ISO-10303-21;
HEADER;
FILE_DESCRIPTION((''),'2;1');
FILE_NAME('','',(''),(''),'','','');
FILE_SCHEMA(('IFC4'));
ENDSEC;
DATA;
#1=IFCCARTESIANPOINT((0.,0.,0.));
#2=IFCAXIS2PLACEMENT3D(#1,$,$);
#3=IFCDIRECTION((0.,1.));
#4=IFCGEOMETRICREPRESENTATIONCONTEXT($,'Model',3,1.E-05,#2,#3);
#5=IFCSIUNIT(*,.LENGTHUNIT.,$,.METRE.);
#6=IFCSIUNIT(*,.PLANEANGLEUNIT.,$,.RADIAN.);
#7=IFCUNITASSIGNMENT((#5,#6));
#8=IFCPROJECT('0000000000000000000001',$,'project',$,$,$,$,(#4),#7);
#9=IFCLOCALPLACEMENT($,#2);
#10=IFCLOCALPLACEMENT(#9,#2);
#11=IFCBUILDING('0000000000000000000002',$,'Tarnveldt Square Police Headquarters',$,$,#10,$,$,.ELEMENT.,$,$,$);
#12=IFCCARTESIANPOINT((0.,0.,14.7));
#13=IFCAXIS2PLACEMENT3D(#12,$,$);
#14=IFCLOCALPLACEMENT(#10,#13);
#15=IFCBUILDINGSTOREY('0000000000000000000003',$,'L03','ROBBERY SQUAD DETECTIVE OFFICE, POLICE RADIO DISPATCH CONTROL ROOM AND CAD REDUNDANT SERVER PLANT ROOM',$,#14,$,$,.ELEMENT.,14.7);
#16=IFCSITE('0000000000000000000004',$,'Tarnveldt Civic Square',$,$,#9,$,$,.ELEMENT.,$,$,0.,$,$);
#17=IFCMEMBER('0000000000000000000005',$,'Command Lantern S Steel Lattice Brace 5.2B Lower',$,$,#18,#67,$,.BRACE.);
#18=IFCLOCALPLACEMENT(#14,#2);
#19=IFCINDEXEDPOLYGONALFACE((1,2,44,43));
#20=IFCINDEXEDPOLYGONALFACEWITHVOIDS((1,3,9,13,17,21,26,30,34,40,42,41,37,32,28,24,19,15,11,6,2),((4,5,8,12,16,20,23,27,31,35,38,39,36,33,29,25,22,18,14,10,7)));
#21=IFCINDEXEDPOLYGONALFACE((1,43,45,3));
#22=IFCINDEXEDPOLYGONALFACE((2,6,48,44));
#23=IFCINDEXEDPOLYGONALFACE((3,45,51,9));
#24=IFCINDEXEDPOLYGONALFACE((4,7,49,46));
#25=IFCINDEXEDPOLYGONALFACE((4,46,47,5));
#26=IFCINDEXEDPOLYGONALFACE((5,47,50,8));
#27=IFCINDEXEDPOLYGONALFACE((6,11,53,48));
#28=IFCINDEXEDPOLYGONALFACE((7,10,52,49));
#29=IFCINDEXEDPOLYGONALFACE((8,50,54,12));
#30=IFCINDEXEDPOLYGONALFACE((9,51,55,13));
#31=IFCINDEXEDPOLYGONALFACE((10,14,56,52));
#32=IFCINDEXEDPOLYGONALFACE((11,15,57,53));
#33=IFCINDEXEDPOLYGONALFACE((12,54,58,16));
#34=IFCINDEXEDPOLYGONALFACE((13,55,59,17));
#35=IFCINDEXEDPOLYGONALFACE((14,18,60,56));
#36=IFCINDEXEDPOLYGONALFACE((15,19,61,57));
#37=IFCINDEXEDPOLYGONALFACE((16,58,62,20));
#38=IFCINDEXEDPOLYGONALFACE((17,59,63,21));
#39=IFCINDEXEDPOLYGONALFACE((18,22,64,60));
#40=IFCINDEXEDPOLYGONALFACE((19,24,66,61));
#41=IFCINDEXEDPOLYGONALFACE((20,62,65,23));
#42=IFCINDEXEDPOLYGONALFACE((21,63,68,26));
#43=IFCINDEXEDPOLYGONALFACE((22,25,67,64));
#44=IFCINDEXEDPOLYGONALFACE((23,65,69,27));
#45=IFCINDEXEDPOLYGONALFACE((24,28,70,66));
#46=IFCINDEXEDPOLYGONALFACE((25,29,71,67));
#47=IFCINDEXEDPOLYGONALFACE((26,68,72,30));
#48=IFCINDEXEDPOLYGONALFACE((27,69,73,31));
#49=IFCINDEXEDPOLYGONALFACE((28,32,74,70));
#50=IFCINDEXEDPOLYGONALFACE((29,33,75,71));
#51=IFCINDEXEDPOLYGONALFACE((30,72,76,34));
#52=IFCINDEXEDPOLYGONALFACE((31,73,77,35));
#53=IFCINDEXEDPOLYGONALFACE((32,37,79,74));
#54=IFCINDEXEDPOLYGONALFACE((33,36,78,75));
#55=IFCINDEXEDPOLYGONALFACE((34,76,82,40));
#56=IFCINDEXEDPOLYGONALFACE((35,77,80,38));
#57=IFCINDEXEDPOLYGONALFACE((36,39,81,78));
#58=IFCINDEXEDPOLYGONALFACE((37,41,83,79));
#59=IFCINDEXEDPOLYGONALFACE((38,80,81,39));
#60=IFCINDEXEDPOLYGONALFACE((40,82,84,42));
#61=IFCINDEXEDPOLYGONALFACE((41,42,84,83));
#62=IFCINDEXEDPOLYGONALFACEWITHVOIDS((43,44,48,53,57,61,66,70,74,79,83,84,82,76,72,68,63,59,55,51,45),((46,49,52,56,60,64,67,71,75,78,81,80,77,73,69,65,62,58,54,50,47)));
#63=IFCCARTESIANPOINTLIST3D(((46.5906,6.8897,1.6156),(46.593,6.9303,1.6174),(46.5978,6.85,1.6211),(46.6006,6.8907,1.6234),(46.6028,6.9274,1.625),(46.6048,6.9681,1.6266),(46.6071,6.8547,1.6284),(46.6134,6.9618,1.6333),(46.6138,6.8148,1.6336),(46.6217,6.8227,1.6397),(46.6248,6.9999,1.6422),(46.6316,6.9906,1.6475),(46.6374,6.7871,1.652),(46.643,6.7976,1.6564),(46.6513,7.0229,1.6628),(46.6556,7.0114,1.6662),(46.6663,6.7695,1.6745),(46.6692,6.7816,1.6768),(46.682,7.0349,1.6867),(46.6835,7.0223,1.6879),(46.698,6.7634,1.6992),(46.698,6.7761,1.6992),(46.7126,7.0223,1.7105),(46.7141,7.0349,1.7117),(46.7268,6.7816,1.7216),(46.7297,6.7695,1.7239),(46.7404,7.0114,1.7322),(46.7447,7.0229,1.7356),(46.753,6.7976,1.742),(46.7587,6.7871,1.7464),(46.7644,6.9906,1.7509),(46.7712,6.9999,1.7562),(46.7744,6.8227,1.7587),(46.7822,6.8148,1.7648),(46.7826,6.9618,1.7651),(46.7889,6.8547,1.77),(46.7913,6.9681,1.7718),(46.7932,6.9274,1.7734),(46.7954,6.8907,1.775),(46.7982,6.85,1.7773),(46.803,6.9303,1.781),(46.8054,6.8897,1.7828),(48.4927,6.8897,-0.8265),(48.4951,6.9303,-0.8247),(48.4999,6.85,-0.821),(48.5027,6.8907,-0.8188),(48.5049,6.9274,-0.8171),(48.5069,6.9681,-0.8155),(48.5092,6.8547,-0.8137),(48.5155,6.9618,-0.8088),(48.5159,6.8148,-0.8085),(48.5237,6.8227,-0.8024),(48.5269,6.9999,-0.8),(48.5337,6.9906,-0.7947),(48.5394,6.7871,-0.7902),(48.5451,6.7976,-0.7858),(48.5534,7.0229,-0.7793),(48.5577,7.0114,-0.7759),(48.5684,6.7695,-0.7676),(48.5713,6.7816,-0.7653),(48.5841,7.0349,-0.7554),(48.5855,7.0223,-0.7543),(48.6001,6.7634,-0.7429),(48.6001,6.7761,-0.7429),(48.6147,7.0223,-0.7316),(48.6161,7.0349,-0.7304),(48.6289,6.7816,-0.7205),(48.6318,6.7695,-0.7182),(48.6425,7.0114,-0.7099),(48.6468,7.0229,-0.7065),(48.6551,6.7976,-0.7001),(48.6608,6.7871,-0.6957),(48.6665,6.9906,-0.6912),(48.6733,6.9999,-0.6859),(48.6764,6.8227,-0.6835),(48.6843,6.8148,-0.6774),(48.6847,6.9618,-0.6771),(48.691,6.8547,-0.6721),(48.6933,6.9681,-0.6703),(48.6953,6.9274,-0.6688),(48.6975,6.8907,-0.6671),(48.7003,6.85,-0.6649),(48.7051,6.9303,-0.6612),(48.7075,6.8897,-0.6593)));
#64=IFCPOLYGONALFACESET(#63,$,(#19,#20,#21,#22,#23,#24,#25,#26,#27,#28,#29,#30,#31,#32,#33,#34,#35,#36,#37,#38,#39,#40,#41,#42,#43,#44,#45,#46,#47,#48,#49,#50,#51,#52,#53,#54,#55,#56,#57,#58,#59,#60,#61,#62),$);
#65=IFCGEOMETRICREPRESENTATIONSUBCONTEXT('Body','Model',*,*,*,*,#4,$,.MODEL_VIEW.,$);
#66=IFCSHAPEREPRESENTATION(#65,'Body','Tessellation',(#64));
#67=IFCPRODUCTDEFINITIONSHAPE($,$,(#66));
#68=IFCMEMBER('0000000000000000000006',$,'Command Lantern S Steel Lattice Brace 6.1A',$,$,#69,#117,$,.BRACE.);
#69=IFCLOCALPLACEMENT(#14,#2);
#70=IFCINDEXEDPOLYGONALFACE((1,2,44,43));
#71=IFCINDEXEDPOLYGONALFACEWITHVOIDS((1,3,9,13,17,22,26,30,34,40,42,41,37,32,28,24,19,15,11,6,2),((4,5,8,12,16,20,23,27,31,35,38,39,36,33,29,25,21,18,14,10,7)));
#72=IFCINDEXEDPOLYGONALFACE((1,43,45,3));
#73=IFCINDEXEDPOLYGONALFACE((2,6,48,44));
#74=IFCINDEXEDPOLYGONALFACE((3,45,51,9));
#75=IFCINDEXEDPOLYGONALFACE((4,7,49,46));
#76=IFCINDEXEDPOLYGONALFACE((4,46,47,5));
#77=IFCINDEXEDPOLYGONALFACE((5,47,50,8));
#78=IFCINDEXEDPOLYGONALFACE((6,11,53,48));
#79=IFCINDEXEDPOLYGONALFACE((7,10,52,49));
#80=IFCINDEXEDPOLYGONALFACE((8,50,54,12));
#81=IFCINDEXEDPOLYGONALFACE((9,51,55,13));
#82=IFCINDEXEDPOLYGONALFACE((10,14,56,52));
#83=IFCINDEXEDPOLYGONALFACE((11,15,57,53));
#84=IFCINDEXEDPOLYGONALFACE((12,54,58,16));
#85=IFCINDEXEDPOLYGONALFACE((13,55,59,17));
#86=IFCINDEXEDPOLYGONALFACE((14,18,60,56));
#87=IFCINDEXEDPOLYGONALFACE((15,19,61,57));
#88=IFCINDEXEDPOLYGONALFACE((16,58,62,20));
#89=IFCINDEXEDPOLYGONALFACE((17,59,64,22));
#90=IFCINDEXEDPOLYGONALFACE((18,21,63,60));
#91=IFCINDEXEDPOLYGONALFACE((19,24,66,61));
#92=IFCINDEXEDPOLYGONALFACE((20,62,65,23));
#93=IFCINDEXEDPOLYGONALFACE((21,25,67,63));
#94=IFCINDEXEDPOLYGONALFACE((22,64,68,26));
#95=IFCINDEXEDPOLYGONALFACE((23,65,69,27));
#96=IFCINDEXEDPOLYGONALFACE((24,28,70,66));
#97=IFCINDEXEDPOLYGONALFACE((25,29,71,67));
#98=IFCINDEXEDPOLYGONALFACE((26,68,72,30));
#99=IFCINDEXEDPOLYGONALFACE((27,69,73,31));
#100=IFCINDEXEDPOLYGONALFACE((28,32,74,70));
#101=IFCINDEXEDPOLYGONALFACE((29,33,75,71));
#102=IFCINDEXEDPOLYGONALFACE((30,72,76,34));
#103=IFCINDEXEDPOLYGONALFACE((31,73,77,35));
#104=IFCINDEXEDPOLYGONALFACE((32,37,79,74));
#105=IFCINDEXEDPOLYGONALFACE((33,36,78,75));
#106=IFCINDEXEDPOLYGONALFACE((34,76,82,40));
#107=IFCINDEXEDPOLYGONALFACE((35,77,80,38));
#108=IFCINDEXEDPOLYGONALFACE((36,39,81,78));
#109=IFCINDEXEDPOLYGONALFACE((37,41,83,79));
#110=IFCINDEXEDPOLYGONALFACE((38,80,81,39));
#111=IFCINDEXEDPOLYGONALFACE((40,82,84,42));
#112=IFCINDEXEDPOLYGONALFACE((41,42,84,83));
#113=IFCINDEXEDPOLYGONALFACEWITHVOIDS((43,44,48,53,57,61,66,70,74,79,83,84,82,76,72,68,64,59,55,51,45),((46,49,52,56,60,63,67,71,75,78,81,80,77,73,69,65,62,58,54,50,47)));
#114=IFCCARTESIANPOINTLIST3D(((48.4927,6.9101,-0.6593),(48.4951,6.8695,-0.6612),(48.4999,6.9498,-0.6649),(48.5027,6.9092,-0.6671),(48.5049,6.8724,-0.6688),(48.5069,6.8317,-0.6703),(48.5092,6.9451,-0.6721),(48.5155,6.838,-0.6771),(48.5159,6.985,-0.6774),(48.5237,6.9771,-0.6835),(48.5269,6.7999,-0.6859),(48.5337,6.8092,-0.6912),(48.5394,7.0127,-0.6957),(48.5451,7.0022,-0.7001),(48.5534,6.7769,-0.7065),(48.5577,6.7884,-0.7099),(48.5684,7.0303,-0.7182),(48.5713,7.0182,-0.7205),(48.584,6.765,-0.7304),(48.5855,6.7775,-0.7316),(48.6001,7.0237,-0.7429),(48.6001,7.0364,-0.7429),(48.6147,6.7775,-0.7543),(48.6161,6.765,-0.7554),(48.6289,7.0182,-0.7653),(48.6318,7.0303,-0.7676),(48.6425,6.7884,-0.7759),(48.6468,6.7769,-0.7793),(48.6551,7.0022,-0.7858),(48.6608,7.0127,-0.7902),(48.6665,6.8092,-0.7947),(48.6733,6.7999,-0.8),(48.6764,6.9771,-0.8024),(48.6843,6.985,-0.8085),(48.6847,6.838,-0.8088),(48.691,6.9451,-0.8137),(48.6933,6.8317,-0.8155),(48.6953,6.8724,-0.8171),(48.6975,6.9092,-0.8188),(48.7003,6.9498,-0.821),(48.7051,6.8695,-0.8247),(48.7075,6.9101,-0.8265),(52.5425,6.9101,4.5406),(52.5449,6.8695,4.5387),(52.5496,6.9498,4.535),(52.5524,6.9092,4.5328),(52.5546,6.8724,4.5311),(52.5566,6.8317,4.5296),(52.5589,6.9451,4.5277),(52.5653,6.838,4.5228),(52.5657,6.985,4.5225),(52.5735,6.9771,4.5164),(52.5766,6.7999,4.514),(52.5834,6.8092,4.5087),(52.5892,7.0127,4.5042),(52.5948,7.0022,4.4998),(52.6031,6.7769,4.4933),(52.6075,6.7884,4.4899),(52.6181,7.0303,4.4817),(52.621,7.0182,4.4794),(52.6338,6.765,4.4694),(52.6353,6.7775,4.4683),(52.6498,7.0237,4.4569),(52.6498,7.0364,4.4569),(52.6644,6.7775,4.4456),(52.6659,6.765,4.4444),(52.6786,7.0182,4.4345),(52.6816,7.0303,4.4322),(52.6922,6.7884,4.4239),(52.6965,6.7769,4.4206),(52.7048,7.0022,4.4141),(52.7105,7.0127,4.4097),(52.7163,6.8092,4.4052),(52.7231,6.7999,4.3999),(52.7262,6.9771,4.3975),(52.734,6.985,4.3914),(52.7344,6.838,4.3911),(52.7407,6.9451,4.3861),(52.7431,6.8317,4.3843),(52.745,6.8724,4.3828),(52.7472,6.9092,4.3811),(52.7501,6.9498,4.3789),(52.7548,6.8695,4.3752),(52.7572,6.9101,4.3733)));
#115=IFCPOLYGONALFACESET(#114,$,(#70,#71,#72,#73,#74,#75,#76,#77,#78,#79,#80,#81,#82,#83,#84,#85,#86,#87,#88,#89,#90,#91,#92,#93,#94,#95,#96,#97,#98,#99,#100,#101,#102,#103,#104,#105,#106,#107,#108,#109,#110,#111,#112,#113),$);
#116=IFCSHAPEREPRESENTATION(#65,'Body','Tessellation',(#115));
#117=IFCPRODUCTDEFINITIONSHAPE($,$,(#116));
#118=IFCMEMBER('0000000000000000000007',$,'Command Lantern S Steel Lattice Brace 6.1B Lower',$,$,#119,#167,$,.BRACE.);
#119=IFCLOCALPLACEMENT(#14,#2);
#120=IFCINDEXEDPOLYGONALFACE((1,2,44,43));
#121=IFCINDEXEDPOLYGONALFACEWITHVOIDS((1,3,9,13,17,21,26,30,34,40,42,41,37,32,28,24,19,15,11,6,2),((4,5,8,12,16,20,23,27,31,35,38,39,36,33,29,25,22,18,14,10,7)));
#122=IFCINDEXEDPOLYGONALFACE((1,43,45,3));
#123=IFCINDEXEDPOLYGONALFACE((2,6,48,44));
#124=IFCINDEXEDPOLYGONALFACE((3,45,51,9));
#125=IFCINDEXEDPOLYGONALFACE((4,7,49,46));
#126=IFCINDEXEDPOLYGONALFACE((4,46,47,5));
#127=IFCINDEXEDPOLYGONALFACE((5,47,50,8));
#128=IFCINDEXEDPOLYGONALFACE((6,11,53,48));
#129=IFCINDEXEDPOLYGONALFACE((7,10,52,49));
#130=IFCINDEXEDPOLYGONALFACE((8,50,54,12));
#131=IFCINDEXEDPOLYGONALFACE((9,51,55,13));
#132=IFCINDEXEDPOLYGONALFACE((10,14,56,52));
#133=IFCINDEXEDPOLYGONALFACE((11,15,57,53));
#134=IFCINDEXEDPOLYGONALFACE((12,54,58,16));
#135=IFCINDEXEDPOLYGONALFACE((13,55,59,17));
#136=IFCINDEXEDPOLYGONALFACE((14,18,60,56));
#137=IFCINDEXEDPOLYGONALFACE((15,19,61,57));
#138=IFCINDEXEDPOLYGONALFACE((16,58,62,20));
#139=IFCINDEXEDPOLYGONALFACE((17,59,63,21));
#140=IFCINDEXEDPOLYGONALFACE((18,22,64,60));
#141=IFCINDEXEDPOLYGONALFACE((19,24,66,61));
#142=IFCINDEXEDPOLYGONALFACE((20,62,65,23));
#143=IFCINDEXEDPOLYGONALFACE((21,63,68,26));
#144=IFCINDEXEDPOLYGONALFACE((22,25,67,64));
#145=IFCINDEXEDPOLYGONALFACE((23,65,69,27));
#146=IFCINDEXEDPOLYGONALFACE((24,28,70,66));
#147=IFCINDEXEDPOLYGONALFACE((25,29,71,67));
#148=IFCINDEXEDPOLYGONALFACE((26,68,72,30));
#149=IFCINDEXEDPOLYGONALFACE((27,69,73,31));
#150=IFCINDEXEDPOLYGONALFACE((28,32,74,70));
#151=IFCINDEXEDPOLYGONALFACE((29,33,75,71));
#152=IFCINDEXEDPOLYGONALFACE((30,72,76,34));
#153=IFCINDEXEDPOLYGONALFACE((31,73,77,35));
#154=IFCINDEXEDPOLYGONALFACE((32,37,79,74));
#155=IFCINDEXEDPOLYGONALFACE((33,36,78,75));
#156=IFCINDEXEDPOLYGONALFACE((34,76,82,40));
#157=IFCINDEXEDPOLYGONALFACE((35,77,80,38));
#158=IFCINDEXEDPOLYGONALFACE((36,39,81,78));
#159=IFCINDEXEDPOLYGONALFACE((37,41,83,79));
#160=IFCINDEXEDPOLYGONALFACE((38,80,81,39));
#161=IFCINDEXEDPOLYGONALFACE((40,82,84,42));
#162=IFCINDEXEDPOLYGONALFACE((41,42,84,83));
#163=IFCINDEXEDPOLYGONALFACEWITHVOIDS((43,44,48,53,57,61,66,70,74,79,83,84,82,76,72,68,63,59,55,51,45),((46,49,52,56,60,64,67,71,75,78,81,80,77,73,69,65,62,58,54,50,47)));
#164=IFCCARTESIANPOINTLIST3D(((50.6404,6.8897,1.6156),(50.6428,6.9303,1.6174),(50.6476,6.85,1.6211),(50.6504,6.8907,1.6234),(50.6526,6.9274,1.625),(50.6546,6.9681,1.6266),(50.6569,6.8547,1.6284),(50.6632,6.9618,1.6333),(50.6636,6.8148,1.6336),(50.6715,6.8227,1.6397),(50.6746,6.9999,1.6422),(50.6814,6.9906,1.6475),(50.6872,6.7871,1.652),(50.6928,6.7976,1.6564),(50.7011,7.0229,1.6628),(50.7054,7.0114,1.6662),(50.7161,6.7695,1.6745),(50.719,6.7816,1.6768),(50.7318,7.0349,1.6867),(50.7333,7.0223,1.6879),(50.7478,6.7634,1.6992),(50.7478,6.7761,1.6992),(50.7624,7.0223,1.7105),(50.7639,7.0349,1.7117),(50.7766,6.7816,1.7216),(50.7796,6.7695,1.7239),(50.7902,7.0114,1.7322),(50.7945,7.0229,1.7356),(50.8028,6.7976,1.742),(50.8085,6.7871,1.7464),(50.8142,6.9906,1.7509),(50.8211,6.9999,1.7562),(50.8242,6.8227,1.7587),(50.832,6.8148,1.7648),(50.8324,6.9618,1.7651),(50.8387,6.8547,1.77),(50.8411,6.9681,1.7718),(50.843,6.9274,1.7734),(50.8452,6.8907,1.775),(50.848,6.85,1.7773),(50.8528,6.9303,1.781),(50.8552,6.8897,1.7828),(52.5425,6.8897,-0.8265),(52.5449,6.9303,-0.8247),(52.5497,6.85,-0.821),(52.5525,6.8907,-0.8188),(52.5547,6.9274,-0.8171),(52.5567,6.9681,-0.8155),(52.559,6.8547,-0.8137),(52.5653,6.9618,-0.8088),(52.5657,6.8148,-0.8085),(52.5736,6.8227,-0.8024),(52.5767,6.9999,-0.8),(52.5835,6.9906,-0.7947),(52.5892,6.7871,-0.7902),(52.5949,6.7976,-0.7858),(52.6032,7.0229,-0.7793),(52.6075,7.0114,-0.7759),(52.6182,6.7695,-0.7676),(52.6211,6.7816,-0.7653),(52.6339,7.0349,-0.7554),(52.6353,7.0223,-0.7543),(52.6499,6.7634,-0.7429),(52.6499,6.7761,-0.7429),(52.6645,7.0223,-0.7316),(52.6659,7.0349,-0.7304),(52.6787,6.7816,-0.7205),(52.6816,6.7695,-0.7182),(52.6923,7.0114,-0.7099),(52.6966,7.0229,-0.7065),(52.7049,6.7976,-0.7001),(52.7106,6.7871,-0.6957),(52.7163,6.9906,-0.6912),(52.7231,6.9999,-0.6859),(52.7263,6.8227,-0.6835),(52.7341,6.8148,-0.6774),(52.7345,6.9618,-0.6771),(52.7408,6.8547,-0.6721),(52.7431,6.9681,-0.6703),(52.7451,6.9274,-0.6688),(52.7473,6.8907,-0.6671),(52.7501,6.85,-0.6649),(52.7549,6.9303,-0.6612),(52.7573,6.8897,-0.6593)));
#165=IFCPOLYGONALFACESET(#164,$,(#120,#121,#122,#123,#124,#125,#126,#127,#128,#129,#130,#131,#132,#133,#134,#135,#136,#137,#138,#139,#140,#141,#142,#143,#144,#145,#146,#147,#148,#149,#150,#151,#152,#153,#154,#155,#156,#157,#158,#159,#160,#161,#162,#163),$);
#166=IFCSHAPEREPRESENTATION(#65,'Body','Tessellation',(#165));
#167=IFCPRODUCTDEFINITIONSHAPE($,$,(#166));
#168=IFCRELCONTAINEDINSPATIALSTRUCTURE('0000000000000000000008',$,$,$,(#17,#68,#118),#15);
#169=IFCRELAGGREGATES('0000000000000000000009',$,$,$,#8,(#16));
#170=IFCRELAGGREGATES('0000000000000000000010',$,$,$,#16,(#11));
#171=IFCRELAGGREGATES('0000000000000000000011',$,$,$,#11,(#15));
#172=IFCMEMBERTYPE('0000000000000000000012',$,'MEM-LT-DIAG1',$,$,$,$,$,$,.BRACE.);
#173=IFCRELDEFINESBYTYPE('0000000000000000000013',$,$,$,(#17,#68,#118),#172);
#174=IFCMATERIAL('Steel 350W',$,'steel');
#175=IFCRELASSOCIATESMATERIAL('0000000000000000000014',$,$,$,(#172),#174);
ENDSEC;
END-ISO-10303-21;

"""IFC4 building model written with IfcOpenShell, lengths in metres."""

from ifc_helpers import new_model, si_unit, direction, frame, origin, origin_2d, place, context, subcontext, project, spatial, hollow_circle, extrude, material, material_profile, profile_set, type_object, element, save


model = new_model("IFC4")

# Units and contexts
model_context = context("Model", 3, precision=1e-05, world=origin(), true_north=direction((0.0, 1.0)))
body_context = subcontext(model_context, "Body", "Model", "MODEL_VIEW")
ifc_project = project(units=[si_unit("LENGTHUNIT", "METRE"), si_unit("PLANEANGLEUNIT", "RADIAN")], contexts=[model_context])

# Site, building, storey
site_placement = place(None, origin())
site = spatial("IfcSite", under=ifc_project, at=site_placement, Name="Tarnveldt Civic Square", CompositionType="ELEMENT", RefElevation=0.0)
building_placement = place(site_placement, origin())
building = spatial("IfcBuilding", under=site, at=building_placement, Name="Tarnveldt Square Police Headquarters", CompositionType="ELEMENT")
storey_placement = place(building_placement, frame((0.0, 0.0, 14.7)))
storey = spatial("IfcBuildingStorey", under=building, at=storey_placement, Name="L03", Description="ROBBERY SQUAD DETECTIVE OFFICE, POLICE RADIO DISPATCH CONTROL ROOM AND CAD REDUNDANT SERVER PLANT ROOM", CompositionType="ELEMENT", Elevation=14.7)

# Shared definitions
ifc_material_1 = material(Name="Steel 350W", Category="steel")

# Members
ifc_material_profile_1 = material_profile(ifc_material_1, hollow_circle(Radius=0.1365, WallThickness=0.0127, at=origin_2d()), Name="HSS273x13")
ifc_profile_set_1 = profile_set([ifc_material_profile_1], Name="Steel 350W")
member_type_1 = type_object("IfcMemberType", Name="MEM-LT-DIAG1", PredefinedType="BRACE", material=ifc_profile_set_1)
member_1_placement = place(storey_placement, frame((48.6001, 6.8999, -0.7429), z_axis=(-0.614476, 0.0, 0.788936), x_axis=(0.0, -1.0, 0.0)))
element("IfcMember", 1, at=member_1_placement, inside=storey, type_object=member_type_1, Name="Command Lantern S Steel Lattice Brace 5.2B Lower", PredefinedType="BRACE", context=body_context, shape_type="SweptSolid", body=[
    extrude(hollow_circle(Radius=0.1365, WallThickness=0.0127, at=origin_2d()), origin(), (0.0, 0.0, 1.0), 3.0955),
])
member_2_placement = place(storey_placement, frame((48.6001, 6.8999, -0.7429), z_axis=(0.614451, 0.0, 0.788955), x_axis=(0.0, 1.0, 0.0)))
element("IfcMember", 2, at=member_2_placement, inside=storey, type_object=member_type_1, Name="Command Lantern S Steel Lattice Brace 6.1A", PredefinedType="BRACE", context=body_context, shape_type="SweptSolid", body=[
    extrude(hollow_circle(Radius=0.1365, WallThickness=0.0127, at=origin_2d()), origin(), (0.0, 0.0, 1.0), 6.5908),
])
for number, where, z_axis, x_axis, name in (
    (3, (52.6499, 6.8999, -0.7429), (-0.614476, 0.0, 0.788936), (0.0, -1.0, 0.0), "Command Lantern S Steel Lattice Brace 6.1B Lower"),
):
    element("IfcMember", number, at=place(storey_placement, frame(where, z_axis=z_axis, x_axis=x_axis)), inside=storey, type_object=member_type_1, Name=name, PredefinedType="BRACE", context=body_context, shape_type="SweptSolid", body=[
        extrude(hollow_circle(Radius=0.1365, WallThickness=0.0127, at=origin_2d()), origin(), (0.0, 0.0, 1.0), 3.0955),
    ])

save(model, "model.ifc")
